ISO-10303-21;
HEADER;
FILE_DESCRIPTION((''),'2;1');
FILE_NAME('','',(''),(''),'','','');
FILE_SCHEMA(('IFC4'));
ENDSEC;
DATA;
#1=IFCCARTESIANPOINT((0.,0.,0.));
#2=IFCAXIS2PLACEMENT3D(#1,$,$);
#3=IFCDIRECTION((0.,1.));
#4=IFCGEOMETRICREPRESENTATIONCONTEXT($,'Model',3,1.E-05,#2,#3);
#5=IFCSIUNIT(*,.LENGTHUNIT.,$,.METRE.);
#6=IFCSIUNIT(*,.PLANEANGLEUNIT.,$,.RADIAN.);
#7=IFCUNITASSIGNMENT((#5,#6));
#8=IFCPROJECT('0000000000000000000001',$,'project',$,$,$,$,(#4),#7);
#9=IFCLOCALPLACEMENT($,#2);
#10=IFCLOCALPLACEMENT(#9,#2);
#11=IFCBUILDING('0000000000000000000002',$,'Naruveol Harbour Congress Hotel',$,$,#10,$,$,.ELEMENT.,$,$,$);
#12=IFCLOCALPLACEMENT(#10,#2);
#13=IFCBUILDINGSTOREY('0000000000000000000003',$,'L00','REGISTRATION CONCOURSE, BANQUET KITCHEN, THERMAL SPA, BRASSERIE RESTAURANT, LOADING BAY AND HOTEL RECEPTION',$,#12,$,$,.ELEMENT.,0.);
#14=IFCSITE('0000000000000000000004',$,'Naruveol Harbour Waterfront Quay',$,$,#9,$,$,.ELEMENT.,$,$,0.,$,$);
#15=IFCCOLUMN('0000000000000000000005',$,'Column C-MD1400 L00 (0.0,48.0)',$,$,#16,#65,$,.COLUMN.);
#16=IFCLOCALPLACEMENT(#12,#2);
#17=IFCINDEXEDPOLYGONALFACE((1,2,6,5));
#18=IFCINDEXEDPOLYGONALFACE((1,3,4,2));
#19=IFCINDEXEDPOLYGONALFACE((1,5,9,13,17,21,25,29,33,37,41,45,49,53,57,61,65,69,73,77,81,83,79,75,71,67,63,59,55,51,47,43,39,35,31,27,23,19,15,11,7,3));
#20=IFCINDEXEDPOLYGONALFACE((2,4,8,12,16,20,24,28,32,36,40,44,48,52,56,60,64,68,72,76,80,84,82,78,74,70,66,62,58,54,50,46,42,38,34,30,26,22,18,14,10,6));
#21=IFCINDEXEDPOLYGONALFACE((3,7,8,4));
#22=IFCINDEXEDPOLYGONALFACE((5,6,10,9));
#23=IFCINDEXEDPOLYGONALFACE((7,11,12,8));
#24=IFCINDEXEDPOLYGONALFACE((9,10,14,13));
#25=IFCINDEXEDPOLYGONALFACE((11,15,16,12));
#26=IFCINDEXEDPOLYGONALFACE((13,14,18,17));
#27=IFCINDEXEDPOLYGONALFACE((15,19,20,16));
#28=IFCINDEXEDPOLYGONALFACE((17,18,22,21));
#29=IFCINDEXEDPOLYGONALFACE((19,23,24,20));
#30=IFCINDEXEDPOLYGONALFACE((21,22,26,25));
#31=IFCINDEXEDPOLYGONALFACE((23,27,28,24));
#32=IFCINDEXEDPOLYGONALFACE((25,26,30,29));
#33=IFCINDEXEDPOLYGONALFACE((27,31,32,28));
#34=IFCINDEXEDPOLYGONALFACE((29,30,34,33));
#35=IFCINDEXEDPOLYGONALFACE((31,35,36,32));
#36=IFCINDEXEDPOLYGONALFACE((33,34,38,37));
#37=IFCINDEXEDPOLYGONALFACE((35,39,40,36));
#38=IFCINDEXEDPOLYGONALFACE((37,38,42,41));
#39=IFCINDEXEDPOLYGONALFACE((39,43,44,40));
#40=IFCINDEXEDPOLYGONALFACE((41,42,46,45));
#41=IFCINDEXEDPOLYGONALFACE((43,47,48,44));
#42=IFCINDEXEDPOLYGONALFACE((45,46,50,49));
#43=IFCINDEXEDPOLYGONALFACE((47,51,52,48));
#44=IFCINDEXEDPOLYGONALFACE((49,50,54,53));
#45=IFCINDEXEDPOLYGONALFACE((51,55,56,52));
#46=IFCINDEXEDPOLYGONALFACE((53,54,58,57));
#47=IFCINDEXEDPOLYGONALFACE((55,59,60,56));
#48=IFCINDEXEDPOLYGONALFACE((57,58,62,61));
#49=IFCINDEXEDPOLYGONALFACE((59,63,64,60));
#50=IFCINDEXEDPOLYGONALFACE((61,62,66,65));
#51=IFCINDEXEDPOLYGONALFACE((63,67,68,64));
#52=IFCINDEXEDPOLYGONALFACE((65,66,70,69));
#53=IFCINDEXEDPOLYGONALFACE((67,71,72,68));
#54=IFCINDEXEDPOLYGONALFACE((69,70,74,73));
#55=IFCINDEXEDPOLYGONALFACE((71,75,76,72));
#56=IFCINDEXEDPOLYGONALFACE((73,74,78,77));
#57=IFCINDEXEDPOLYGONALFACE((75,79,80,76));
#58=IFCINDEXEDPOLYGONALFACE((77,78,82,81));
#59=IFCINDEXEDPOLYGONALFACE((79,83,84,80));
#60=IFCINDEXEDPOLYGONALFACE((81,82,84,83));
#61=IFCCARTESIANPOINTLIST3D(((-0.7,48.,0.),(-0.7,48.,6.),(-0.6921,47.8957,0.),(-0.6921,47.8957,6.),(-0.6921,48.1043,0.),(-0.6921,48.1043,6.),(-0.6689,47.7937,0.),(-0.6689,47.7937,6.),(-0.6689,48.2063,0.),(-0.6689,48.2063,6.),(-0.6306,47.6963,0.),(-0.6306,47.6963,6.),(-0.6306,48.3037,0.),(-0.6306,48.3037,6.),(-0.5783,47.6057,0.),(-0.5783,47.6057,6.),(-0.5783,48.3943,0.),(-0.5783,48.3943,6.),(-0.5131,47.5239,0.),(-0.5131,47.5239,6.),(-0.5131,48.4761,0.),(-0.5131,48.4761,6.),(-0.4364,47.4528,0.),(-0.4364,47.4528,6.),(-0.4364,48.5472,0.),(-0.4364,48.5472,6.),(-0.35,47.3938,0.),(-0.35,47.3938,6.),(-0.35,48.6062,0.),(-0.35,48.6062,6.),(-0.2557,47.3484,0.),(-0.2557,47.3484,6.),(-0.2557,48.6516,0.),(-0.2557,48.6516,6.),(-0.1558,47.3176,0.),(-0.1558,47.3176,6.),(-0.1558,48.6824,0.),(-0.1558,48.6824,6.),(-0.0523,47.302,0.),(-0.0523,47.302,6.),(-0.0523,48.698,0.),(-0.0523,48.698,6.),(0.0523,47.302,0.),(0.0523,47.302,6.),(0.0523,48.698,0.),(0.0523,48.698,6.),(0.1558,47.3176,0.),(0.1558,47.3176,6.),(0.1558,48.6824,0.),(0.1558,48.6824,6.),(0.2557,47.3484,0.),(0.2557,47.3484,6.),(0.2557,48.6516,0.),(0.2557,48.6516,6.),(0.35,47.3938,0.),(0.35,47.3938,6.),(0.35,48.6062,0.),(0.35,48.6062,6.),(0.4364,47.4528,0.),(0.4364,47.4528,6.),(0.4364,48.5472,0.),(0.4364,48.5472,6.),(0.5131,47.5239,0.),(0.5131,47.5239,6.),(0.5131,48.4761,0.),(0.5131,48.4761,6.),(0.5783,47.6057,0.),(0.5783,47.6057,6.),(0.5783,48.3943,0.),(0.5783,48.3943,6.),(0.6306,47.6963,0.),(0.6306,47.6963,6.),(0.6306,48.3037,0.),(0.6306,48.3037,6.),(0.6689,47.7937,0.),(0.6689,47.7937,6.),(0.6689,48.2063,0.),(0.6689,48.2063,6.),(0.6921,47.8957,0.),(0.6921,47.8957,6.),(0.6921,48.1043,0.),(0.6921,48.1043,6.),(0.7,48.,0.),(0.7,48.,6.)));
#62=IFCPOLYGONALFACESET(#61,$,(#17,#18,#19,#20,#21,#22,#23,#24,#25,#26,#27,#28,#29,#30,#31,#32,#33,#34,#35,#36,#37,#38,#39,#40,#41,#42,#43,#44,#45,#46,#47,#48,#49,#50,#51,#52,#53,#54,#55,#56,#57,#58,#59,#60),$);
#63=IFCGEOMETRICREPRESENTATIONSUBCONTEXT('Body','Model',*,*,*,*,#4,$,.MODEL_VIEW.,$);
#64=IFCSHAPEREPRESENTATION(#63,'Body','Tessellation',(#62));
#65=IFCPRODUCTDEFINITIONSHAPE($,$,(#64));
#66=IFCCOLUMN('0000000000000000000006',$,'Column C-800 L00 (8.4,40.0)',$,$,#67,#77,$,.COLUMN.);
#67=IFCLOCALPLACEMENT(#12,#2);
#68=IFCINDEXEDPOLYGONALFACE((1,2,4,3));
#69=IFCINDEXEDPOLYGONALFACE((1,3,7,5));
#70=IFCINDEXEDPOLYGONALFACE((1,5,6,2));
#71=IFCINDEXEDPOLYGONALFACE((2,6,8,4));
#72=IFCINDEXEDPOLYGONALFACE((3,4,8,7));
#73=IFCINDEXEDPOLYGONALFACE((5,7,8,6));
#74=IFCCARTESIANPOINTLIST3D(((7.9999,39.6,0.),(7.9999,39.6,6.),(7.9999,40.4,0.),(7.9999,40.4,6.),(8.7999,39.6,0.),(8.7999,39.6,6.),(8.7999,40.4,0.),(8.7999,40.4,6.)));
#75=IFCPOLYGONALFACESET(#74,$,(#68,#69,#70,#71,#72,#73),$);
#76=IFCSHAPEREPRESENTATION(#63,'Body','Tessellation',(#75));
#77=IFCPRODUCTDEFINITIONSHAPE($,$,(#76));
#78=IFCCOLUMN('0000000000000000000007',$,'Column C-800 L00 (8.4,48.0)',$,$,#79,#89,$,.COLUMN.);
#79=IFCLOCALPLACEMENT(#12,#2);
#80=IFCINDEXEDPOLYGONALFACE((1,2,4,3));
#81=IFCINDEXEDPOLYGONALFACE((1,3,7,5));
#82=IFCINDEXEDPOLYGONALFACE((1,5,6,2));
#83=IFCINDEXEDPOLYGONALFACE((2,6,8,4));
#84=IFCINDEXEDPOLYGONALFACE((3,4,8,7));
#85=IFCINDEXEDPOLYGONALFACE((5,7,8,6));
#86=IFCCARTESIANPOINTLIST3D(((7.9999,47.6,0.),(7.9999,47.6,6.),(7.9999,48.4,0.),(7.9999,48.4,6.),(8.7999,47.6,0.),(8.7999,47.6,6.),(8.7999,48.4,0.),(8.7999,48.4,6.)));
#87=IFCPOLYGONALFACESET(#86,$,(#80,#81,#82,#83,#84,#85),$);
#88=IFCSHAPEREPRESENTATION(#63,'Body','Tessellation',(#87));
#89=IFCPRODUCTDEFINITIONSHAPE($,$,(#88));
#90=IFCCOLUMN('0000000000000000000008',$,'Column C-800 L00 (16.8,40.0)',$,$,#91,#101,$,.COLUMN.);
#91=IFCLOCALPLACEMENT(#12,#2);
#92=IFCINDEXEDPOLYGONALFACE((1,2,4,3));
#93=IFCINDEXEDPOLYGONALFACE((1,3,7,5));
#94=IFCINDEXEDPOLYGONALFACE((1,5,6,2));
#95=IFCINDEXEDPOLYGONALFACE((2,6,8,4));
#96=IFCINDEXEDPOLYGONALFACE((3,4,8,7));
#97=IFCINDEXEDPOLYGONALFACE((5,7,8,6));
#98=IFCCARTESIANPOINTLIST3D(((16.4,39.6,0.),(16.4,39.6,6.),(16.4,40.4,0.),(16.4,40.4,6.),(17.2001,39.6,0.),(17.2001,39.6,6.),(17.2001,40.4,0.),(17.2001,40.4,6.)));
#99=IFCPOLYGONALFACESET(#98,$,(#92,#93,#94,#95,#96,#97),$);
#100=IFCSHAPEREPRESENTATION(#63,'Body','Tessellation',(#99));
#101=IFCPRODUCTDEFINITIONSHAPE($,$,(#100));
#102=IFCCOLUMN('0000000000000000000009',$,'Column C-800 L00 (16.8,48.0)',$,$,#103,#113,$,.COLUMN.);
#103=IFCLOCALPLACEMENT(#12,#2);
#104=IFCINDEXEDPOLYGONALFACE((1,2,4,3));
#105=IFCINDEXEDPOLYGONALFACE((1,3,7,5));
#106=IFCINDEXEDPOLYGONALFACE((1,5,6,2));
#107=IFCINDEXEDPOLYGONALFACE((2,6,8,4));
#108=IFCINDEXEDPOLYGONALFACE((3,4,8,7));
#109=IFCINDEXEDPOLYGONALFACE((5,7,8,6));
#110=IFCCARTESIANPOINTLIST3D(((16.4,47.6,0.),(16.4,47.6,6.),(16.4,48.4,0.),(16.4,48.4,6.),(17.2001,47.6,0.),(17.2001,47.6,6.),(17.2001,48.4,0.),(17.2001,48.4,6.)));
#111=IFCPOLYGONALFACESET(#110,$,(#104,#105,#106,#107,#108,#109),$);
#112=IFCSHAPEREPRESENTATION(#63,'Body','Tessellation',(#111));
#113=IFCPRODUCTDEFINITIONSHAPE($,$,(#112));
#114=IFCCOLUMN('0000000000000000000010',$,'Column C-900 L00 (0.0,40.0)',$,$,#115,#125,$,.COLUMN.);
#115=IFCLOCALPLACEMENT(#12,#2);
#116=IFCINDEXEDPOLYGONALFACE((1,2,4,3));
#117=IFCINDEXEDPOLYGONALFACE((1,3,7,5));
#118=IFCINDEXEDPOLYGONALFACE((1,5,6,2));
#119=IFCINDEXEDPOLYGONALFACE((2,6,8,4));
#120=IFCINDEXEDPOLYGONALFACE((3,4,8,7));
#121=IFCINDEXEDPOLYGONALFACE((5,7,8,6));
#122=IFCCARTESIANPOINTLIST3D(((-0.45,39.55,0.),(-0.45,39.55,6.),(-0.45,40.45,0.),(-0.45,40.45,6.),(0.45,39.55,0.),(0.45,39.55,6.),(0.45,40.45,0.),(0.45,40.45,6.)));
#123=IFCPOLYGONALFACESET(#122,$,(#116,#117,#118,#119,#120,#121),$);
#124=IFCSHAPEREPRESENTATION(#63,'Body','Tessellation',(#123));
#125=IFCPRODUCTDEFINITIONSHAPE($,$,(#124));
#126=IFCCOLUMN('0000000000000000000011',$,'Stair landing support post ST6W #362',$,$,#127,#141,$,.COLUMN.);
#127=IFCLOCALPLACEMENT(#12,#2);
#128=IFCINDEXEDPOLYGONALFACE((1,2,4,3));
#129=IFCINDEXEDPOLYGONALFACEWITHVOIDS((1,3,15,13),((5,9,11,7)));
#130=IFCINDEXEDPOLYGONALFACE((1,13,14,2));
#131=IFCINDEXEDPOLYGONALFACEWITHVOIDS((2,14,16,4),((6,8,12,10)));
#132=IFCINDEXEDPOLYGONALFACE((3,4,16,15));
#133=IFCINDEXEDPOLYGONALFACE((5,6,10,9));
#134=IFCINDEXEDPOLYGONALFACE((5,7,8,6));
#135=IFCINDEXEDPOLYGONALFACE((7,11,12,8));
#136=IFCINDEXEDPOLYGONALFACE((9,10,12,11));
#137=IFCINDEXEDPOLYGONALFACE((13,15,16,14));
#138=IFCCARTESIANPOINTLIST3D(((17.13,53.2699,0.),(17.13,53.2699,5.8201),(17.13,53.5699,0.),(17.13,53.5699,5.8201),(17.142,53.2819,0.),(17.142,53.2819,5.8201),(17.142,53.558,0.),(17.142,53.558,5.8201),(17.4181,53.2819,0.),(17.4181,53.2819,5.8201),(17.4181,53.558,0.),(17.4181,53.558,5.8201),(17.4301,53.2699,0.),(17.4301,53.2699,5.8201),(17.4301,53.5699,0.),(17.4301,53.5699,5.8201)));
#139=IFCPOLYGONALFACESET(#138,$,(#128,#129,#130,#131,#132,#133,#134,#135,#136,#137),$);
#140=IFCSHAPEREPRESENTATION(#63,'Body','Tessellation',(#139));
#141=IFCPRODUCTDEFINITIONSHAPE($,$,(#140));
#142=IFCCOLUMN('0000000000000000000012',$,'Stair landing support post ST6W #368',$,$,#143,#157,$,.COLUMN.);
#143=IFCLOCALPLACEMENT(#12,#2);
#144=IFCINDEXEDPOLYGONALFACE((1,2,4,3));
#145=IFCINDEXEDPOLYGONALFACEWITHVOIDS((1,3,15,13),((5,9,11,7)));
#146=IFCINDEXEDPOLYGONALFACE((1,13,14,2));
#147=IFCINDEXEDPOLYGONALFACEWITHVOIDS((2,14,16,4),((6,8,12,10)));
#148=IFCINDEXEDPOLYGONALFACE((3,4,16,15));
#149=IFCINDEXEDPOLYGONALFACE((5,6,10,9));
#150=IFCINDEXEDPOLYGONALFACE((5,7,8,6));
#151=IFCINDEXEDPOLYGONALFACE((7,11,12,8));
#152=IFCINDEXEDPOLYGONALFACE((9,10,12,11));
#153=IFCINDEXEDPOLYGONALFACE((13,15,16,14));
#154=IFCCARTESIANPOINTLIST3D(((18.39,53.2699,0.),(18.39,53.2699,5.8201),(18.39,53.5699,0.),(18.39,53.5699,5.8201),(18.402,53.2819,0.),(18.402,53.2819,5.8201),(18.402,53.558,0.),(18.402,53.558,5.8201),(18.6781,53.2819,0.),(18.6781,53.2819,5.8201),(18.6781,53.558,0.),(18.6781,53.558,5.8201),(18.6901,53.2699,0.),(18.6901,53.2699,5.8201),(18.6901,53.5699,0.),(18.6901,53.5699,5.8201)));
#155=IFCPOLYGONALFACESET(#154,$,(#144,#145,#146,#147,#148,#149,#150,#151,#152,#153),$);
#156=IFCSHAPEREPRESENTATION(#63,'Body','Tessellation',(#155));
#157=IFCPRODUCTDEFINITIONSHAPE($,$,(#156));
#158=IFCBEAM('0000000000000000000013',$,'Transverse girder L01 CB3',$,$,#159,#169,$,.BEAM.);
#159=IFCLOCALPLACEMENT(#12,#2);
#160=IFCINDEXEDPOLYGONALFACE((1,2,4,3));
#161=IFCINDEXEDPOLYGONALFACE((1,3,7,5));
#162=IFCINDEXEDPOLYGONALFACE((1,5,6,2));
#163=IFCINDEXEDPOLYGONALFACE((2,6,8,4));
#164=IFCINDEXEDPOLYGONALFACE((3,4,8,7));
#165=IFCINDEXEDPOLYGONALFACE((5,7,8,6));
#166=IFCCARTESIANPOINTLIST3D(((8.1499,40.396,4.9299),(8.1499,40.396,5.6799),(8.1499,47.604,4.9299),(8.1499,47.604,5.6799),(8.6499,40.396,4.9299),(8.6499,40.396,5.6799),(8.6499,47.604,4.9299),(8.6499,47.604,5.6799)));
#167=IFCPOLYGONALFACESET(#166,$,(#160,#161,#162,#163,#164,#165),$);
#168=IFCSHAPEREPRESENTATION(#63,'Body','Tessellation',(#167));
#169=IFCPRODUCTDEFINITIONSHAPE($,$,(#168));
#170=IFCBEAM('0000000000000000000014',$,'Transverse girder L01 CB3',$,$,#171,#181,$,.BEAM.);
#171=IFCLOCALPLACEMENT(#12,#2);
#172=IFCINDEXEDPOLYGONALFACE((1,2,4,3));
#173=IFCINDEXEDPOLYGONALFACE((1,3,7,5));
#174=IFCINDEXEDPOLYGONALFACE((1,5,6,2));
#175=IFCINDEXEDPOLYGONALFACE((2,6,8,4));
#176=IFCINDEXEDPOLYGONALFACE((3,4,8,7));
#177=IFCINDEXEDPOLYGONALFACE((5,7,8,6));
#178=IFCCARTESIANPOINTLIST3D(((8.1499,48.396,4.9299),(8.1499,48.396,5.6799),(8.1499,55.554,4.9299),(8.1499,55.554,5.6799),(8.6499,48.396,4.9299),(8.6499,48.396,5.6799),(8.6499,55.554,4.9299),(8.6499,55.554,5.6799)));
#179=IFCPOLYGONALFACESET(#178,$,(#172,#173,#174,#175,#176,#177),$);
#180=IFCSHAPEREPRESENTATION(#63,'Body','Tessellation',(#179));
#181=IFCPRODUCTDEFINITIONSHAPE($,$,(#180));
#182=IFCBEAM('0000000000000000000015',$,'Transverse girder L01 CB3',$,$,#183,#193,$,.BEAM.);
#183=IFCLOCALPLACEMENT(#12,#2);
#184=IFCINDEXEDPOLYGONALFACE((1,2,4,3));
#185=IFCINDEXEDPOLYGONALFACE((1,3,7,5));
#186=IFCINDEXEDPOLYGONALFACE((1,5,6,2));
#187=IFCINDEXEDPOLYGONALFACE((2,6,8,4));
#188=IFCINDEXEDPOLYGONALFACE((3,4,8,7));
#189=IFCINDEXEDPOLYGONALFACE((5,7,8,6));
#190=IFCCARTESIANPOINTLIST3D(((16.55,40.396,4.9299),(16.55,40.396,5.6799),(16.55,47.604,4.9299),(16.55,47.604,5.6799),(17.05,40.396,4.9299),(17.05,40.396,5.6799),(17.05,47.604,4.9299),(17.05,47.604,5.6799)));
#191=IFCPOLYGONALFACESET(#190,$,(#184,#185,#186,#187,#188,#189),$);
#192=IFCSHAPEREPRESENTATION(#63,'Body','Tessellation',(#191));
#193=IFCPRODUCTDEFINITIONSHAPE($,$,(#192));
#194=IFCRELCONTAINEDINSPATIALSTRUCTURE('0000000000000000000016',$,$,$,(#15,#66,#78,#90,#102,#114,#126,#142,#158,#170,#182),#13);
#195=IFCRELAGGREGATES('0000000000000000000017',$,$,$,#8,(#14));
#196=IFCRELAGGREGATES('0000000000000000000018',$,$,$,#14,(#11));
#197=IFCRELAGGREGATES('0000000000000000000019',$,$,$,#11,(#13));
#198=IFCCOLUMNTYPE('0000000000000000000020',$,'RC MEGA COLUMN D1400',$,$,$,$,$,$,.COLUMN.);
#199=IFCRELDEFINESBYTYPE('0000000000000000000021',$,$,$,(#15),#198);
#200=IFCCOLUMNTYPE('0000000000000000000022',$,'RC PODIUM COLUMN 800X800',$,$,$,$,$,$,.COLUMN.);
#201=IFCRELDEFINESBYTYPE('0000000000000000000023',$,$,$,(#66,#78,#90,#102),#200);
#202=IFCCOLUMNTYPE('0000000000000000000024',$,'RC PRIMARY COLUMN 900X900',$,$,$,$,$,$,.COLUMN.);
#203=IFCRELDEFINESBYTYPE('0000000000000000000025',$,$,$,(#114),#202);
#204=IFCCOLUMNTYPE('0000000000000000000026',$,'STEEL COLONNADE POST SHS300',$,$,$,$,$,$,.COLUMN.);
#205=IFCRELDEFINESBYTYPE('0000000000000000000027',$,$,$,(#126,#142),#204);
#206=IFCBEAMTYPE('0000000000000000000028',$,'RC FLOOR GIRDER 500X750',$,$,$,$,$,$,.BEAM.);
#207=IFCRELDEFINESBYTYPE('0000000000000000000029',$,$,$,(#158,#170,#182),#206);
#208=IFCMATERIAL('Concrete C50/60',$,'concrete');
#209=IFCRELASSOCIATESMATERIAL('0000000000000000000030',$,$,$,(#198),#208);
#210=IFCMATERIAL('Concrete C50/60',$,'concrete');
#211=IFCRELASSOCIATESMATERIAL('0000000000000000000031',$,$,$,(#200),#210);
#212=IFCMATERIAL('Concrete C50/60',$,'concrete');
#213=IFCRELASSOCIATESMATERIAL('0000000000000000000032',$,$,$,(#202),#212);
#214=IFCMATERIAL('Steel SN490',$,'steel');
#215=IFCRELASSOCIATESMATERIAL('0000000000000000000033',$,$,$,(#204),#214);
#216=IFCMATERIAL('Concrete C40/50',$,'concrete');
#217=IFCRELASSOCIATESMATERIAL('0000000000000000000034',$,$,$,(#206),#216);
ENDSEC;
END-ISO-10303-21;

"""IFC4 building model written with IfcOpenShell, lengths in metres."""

from ifc_helpers import new_model, si_unit, direction, frame, origin, origin_2d, place, context, subcontext, project, spatial, rectangle, hollow_rectangle, circle, extrude, material, material_profile, profile_set, type_object, element, save


model = new_model("IFC4")

# Units and contexts
model_context = context("Model", 3, precision=1e-05, world=origin(), true_north=direction((0.0, 1.0)))
body_context = subcontext(model_context, "Body", "Model", "MODEL_VIEW")
ifc_project = project(units=[si_unit("LENGTHUNIT", "METRE"), si_unit("PLANEANGLEUNIT", "RADIAN")], contexts=[model_context])

# Site, building, storey
site_placement = place(None, origin())
site = spatial("IfcSite", under=ifc_project, at=site_placement, Name="Naruveol Harbour Waterfront Quay", CompositionType="ELEMENT", RefElevation=0.0)
building_placement = place(site_placement, origin())
building = spatial("IfcBuilding", under=site, at=building_placement, Name="Naruveol Harbour Congress Hotel", CompositionType="ELEMENT")
storey_placement = place(building_placement, origin())
storey = spatial("IfcBuildingStorey", under=building, at=storey_placement, Name="L00", Description="REGISTRATION CONCOURSE, BANQUET KITCHEN, THERMAL SPA, BRASSERIE RESTAURANT, LOADING BAY AND HOTEL RECEPTION", CompositionType="ELEMENT", Elevation=0.0)

# Columns
ifc_material_1 = material(Name="Concrete C50/60", Category="concrete")
ifc_material_profile_1 = material_profile(ifc_material_1, circle(Radius=0.7, at=origin_2d()), Name="RC-D1400")
ifc_profile_set_1 = profile_set([ifc_material_profile_1], Name="Concrete C50/60")
column_type_1 = type_object("IfcColumnType", Name="RC MEGA COLUMN D1400", PredefinedType="COLUMN", material=ifc_profile_set_1)
column_1_placement = place(storey_placement, frame((0.0, 48.0, 0.0), z_axis=(0.0, 0.0, 1.0), x_axis=(1.0, 0.0, 0.0)))
element("IfcColumn", 1, at=column_1_placement, inside=storey, type_object=column_type_1, Name="Column C-MD1400 L00 (0.0,48.0)", PredefinedType="COLUMN", context=body_context, shape_type="SweptSolid", body=[
    extrude(circle(Radius=0.7, at=origin_2d()), origin(), (0.0, 0.0, 1.0), 6.0),
])
ifc_material_2 = material(Name="Concrete C50/60", Category="concrete")
ifc_material_profile_2 = material_profile(ifc_material_2, rectangle(XDim=0.8, YDim=0.8, at=origin_2d()), Name="RC-800x800")
ifc_profile_set_2 = profile_set([ifc_material_profile_2], Name="Concrete C50/60")
column_type_2 = type_object("IfcColumnType", Name="RC PODIUM COLUMN 800X800", PredefinedType="COLUMN", material=ifc_profile_set_2)
for number, where, z_axis, x_axis, name in (
    (2, (8.3999, 40.0, 0.0), (0.0, 0.0, 1.0), (1.0, 0.0, 0.0), "Column C-800 L00 (8.4,40.0)"),
    (3, (8.3999, 48.0, 0.0), (0.0, 0.0, 1.0), (1.0, 0.0, 0.0), "Column C-800 L00 (8.4,48.0)"),
    (4, (16.8, 40.0, 0.0), (0.0, 0.0, 1.0), (1.0, 0.0, 0.0), "Column C-800 L00 (16.8,40.0)"),
    (5, (16.8, 48.0, 0.0), (0.0, 0.0, 1.0), (1.0, 0.0, 0.0), "Column C-800 L00 (16.8,48.0)"),
):
    element("IfcColumn", number, at=place(storey_placement, frame(where, z_axis=z_axis, x_axis=x_axis)), inside=storey, type_object=column_type_2, Name=name, PredefinedType="COLUMN", context=body_context, shape_type="SweptSolid", body=[
        extrude(rectangle(XDim=0.8, YDim=0.8, at=origin_2d()), origin(), (0.0, 0.0, 1.0), 6.0),
    ])
ifc_material_3 = material(Name="Concrete C50/60", Category="concrete")
ifc_material_profile_3 = material_profile(ifc_material_3, rectangle(XDim=0.8999, YDim=0.8999, at=origin_2d()), Name="RC-900x900")
ifc_profile_set_3 = profile_set([ifc_material_profile_3], Name="Concrete C50/60")
column_type_3 = type_object("IfcColumnType", Name="RC PRIMARY COLUMN 900X900", PredefinedType="COLUMN", material=ifc_profile_set_3)
column_2_placement = place(storey_placement, frame((0.0, 40.0, 0.0), z_axis=(0.0, 0.0, 1.0), x_axis=(1.0, 0.0, 0.0)))
element("IfcColumn", 6, at=column_2_placement, inside=storey, type_object=column_type_3, Name="Column C-900 L00 (0.0,40.0)", PredefinedType="COLUMN", context=body_context, shape_type="SweptSolid", body=[
    extrude(rectangle(XDim=0.8999, YDim=0.8999, at=origin_2d()), origin(), (0.0, 0.0, 1.0), 6.0),
])
ifc_material_4 = material(Name="Steel SN490", Category="steel")
ifc_material_profile_4 = material_profile(ifc_material_4, hollow_rectangle(XDim=0.3, YDim=0.3, WallThickness=0.012, at=origin_2d()), Name="SHS-300x300x12")
ifc_profile_set_4 = profile_set([ifc_material_profile_4], Name="Steel SN490")
column_type_4 = type_object("IfcColumnType", Name="STEEL COLONNADE POST SHS300", PredefinedType="COLUMN", material=ifc_profile_set_4)
for number, where, z_axis, x_axis, name in (
    (7, (17.28, 53.4199, 0.0), (0.0, 0.0, 1.0), (1.0, 0.0, 0.0), "Stair landing support post ST6W #362"),
    (8, (18.54, 53.4199, 0.0), (0.0, 0.0, 1.0), (1.0, 0.0, 0.0), "Stair landing support post ST6W #368"),
):
    element("IfcColumn", number, at=place(storey_placement, frame(where, z_axis=z_axis, x_axis=x_axis)), inside=storey, type_object=column_type_4, Name=name, PredefinedType="COLUMN", context=body_context, shape_type="SweptSolid", body=[
        extrude(hollow_rectangle(XDim=0.3, YDim=0.3, WallThickness=0.012, at=origin_2d()), origin(), (0.0, 0.0, 1.0), 5.8201),
    ])

# Beams
ifc_material_5 = material(Name="Concrete C40/50", Category="concrete")
ifc_material_profile_5 = material_profile(ifc_material_5, rectangle(XDim=0.5, YDim=0.75, at=origin_2d()), Name="RCB-500x750")
ifc_profile_set_5 = profile_set([ifc_material_profile_5], Name="Concrete C40/50")
beam_type_1 = type_object("IfcBeamType", Name="RC FLOOR GIRDER 500X750", PredefinedType="BEAM", material=ifc_profile_set_5)
beam_1_placement = place(storey_placement, frame((8.3999, 40.396, 5.3049), z_axis=(0.0, 1.0, 0.0), x_axis=(-1.0, 0.0, 0.0)))
element("IfcBeam", 9, at=beam_1_placement, inside=storey, type_object=beam_type_1, Name="Transverse girder L01 CB3", PredefinedType="BEAM", context=body_context, shape_type="SweptSolid", body=[
    extrude(rectangle(XDim=0.5, YDim=0.75, at=origin_2d()), origin(), (0.0, 0.0, 1.0), 7.208),
])
beam_2_placement = place(storey_placement, frame((8.3999, 48.396, 5.3049), z_axis=(0.0, 1.0, 0.0), x_axis=(-1.0, 0.0, 0.0)))
element("IfcBeam", 10, at=beam_2_placement, inside=storey, type_object=beam_type_1, Name="Transverse girder L01 CB3", PredefinedType="BEAM", context=body_context, shape_type="SweptSolid", body=[
    extrude(rectangle(XDim=0.5, YDim=0.75, at=origin_2d()), origin(), (0.0, 0.0, 1.0), 7.158),
])
beam_3_placement = place(storey_placement, frame((16.8, 40.396, 5.3049), z_axis=(0.0, 1.0, 0.0), x_axis=(-1.0, 0.0, 0.0)))
element("IfcBeam", 11, at=beam_3_placement, inside=storey, type_object=beam_type_1, Name="Transverse girder L01 CB3", PredefinedType="BEAM", context=body_context, shape_type="SweptSolid", body=[
    extrude(rectangle(XDim=0.5, YDim=0.75, at=origin_2d()), origin(), (0.0, 0.0, 1.0), 7.208),
])

save(model, "model.ifc")
